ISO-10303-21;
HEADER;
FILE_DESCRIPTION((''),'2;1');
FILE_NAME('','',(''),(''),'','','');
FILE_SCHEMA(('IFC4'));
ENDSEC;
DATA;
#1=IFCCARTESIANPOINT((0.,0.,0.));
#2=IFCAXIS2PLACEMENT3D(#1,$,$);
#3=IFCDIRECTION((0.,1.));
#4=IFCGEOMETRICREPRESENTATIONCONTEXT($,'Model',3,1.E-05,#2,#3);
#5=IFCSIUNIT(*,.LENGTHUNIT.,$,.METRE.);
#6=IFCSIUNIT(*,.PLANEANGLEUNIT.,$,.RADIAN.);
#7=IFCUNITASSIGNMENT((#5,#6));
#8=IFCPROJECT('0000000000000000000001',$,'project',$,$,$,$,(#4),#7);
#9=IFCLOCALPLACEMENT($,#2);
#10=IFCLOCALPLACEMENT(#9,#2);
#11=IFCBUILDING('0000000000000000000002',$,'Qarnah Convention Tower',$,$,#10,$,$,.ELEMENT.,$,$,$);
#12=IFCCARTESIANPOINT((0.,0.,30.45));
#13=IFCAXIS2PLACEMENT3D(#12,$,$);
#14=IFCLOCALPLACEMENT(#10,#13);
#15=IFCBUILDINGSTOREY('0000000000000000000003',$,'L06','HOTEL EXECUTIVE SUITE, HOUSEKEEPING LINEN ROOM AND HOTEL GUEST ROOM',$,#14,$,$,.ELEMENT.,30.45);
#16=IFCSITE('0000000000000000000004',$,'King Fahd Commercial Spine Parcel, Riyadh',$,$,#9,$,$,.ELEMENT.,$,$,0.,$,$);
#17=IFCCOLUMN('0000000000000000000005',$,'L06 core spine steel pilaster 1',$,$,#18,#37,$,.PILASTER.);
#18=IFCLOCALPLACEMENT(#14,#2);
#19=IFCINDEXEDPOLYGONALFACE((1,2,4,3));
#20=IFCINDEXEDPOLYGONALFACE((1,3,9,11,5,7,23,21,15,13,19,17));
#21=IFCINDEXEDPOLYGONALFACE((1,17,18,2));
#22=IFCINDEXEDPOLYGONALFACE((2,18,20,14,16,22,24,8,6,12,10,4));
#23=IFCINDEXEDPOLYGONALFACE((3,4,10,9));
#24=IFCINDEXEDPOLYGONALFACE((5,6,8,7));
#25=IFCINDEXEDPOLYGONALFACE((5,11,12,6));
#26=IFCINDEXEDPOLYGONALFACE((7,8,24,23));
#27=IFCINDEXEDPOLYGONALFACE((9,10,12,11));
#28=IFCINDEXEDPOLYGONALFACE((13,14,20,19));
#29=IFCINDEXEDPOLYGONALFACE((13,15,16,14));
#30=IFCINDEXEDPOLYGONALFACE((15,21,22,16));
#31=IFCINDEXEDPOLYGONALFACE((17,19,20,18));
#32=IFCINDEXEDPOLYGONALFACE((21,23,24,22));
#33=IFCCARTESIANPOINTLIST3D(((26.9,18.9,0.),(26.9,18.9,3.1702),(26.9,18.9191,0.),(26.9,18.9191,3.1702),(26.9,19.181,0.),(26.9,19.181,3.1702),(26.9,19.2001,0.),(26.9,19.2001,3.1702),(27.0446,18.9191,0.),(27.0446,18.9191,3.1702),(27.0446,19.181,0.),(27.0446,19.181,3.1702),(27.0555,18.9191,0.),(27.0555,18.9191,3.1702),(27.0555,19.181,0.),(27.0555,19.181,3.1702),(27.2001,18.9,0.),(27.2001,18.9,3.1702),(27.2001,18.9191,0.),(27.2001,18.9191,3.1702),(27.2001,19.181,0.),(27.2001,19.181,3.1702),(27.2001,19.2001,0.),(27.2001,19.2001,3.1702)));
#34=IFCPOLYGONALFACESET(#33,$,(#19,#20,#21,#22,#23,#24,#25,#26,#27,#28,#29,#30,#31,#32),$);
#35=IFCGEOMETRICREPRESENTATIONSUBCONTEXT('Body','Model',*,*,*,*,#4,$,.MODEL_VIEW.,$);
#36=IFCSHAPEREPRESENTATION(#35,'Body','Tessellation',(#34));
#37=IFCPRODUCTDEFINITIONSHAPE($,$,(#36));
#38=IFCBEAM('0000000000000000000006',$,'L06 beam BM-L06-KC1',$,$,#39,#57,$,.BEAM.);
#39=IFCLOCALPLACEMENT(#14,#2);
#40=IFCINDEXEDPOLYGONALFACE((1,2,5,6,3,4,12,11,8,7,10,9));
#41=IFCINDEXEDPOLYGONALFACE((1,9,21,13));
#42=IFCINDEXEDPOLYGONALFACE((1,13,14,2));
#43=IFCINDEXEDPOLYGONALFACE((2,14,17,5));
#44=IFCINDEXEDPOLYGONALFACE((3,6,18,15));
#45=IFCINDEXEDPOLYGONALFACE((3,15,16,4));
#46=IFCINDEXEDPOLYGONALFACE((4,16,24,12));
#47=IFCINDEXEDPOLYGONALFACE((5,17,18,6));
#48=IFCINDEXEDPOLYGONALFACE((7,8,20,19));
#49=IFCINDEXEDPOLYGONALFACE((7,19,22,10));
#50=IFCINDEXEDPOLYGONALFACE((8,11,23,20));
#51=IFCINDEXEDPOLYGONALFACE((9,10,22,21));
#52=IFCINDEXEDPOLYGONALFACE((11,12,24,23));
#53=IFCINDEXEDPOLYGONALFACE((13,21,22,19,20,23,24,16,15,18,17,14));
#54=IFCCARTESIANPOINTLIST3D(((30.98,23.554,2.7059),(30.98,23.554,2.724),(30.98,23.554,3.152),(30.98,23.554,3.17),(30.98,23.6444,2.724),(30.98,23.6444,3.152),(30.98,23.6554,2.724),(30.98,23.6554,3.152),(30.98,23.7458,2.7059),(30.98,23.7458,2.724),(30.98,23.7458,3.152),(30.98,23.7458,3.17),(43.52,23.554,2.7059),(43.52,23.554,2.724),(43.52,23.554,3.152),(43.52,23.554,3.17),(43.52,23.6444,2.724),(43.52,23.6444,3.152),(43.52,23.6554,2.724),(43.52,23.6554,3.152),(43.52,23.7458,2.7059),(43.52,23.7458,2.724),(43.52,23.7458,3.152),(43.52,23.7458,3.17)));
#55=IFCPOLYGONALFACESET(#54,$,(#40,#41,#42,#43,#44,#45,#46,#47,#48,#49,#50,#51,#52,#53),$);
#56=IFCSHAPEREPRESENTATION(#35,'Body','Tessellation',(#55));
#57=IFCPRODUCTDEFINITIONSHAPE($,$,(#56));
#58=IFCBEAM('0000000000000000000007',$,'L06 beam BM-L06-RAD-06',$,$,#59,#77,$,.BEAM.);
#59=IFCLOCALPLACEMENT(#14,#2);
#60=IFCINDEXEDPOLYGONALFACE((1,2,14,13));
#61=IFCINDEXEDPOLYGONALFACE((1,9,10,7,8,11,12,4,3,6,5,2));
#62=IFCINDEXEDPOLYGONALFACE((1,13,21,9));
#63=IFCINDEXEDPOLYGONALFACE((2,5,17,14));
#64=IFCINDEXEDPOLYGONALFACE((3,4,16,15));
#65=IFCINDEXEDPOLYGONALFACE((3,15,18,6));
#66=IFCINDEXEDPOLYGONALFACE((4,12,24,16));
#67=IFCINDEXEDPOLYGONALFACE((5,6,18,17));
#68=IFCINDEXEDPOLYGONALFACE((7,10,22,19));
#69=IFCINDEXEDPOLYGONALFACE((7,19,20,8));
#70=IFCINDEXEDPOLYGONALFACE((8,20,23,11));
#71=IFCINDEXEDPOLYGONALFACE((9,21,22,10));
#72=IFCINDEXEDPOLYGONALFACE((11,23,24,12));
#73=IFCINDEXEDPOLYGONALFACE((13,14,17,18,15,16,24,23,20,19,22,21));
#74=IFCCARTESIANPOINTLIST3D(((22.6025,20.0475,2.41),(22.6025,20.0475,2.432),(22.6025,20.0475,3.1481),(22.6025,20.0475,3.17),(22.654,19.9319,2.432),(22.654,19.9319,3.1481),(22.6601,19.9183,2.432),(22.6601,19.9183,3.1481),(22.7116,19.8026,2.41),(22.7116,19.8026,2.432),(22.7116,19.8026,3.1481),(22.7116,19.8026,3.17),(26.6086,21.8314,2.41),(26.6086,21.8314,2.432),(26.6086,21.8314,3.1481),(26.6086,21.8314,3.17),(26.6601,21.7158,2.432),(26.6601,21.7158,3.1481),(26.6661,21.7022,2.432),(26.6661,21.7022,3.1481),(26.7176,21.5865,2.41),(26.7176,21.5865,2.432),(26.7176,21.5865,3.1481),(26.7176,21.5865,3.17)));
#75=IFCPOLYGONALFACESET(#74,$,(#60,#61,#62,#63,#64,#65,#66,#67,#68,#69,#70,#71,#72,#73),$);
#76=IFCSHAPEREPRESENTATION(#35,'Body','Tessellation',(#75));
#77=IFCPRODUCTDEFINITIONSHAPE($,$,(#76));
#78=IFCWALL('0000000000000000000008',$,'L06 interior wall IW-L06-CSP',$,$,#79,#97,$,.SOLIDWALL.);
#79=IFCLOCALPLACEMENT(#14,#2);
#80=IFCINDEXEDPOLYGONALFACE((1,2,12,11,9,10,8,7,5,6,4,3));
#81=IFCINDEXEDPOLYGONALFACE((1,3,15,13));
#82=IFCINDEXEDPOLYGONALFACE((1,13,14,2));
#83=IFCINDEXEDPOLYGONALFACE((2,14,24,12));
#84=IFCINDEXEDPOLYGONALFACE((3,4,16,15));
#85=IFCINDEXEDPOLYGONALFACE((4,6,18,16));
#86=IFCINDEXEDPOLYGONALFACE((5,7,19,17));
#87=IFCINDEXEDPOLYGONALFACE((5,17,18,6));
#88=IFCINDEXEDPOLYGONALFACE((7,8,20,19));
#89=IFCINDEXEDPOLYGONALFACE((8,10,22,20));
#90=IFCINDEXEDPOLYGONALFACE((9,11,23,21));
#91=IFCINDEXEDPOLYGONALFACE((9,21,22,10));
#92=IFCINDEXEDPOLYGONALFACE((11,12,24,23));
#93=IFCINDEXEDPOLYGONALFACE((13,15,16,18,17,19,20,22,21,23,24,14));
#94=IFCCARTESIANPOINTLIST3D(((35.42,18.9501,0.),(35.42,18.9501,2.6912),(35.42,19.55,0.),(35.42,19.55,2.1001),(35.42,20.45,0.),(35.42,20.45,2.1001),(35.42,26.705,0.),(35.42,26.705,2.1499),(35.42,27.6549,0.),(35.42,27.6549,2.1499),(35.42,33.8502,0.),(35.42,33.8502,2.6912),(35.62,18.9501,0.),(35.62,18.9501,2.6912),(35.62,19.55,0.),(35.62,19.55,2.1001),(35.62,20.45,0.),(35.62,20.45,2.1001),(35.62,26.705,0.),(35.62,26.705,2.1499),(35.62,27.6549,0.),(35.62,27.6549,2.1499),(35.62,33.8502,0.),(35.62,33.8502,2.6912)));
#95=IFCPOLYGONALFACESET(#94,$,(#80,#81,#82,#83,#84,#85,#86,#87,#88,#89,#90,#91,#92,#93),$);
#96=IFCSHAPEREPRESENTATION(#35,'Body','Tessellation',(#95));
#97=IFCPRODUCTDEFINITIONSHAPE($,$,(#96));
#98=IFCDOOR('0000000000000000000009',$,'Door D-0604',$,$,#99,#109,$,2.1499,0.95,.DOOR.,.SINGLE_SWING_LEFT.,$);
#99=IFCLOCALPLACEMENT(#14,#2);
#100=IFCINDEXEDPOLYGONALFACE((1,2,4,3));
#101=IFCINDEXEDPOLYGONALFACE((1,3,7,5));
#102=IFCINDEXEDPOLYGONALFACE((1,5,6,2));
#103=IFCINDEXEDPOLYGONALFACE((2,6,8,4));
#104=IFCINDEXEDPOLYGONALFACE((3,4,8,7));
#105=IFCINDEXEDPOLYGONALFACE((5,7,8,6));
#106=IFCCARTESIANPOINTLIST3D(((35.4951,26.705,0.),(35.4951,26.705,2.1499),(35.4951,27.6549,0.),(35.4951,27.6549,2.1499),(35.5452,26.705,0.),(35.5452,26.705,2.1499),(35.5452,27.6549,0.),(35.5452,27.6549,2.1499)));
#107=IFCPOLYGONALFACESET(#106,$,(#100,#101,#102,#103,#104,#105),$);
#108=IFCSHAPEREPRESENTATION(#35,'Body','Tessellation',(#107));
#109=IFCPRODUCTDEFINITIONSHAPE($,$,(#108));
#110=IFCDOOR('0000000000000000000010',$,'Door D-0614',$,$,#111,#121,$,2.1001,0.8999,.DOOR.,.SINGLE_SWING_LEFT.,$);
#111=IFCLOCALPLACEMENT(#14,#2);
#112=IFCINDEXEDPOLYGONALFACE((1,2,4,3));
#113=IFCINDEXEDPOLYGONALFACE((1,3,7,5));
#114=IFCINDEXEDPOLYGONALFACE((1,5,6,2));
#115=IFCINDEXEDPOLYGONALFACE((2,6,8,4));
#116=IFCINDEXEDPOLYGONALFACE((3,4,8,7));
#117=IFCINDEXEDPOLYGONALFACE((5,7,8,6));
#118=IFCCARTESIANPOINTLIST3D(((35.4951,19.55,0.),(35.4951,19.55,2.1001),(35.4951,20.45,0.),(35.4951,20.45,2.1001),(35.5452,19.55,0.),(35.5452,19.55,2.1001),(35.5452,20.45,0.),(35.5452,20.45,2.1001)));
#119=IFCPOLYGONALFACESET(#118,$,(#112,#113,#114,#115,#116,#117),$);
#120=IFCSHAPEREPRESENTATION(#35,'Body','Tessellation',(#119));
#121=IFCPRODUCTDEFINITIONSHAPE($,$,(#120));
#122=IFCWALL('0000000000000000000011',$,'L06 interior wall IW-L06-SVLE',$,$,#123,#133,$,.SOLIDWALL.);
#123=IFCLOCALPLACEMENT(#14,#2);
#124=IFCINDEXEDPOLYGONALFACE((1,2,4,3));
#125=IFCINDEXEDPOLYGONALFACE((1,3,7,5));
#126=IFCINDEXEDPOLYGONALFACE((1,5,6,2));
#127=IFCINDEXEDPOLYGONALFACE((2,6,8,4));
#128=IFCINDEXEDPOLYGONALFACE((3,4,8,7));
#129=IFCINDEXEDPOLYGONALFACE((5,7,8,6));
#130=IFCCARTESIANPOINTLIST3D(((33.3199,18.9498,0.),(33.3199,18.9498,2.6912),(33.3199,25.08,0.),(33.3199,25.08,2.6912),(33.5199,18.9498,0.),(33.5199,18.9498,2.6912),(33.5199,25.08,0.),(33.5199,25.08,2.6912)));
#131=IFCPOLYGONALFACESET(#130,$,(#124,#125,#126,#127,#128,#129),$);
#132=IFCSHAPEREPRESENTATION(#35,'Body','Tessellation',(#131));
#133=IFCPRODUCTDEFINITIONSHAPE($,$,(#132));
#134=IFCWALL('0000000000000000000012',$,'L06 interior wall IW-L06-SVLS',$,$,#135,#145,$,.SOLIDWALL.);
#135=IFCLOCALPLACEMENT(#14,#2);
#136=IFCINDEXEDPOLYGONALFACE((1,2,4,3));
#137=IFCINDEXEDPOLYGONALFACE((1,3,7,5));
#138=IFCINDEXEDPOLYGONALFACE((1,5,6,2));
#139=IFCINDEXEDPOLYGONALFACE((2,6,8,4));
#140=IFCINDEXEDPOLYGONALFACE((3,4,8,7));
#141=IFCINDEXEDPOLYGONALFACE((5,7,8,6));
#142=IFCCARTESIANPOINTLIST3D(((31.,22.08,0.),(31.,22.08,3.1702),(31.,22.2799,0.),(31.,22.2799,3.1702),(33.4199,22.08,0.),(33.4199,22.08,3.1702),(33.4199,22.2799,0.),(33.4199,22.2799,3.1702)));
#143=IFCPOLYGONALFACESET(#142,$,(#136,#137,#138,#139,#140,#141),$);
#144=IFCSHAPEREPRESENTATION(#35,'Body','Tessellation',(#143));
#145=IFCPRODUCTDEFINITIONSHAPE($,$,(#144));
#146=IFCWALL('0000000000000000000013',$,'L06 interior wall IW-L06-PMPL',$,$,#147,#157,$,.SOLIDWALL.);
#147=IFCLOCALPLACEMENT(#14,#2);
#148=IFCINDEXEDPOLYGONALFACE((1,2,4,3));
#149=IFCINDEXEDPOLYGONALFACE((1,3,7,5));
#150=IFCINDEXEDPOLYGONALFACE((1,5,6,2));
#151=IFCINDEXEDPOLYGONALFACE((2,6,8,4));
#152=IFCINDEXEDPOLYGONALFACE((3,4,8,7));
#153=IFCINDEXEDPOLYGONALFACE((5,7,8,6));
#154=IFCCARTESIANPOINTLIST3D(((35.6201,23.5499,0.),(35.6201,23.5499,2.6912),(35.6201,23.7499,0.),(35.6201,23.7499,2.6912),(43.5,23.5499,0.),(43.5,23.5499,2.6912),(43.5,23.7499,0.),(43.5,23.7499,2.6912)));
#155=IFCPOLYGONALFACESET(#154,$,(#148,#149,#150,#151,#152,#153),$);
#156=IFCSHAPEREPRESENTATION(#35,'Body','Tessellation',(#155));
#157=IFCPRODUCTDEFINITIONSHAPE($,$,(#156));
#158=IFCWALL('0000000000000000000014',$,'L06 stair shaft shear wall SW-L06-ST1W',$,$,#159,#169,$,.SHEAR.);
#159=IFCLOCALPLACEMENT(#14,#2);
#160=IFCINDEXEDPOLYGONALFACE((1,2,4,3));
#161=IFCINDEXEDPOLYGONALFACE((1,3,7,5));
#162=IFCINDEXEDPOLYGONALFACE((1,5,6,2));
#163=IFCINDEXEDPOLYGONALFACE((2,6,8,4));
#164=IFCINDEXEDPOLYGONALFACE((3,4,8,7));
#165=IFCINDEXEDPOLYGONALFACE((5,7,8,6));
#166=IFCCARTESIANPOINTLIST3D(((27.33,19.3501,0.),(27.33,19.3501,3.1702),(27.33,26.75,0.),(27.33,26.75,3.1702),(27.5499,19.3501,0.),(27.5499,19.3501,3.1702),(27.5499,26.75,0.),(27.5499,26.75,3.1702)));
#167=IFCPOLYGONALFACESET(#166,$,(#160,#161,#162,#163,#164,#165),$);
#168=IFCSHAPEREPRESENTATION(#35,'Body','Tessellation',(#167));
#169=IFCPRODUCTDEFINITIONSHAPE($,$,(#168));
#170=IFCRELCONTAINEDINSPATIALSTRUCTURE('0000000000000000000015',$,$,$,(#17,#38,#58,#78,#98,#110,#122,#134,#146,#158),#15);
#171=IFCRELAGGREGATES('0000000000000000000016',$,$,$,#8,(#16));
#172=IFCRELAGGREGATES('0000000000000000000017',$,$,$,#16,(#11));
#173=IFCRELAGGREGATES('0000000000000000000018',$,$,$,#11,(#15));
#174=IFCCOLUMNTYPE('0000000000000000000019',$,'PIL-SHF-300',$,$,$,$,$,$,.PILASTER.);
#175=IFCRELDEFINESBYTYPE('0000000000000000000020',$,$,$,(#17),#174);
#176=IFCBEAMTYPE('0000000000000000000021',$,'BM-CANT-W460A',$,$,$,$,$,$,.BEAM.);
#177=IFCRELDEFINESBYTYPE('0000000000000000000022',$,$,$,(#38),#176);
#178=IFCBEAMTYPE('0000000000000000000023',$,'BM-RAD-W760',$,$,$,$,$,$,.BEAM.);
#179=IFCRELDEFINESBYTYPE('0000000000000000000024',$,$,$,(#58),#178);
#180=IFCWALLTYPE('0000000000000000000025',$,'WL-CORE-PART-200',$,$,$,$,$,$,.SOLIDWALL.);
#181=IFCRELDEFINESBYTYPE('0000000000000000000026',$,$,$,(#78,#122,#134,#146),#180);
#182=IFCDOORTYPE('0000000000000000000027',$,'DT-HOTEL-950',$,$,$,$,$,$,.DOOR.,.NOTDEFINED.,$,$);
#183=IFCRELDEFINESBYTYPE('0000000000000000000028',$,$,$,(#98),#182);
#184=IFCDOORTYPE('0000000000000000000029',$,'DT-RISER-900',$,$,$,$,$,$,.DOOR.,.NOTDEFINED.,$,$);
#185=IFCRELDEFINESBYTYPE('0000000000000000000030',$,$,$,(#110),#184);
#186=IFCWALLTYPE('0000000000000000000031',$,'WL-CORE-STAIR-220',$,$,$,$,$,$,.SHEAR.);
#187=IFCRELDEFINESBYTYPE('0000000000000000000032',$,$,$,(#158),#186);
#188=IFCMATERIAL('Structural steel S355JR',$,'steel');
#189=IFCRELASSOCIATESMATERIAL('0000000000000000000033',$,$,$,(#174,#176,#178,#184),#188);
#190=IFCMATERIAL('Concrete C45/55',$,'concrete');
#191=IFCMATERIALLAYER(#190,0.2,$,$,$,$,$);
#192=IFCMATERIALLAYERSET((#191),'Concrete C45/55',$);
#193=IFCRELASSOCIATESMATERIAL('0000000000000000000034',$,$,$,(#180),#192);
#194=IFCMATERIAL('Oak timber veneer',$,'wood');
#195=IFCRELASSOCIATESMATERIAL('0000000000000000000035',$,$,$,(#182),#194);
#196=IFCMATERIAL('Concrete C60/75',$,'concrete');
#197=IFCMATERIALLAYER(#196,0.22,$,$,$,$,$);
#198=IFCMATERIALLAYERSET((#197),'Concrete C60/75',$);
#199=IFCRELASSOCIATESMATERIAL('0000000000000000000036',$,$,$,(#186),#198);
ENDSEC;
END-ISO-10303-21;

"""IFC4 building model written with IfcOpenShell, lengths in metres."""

from ifc_helpers import new_model, si_unit, direction, frame, frame_2d, origin, origin_2d, place, context, subcontext, project, spatial, rectangle, i_section, extrude, material, layer, layer_set, material_profile, profile_set, type_object, element, fill, save


model = new_model("IFC4")

# Units and contexts
model_context = context("Model", 3, precision=1e-05, world=origin(), true_north=direction((0.0, 1.0)))
body_context = subcontext(model_context, "Body", "Model", "MODEL_VIEW")
ifc_project = project(units=[si_unit("LENGTHUNIT", "METRE"), si_unit("PLANEANGLEUNIT", "RADIAN")], contexts=[model_context])

# Site, building, storey
site_placement = place(None, origin())
site = spatial("IfcSite", under=ifc_project, at=site_placement, Name="King Fahd Commercial Spine Parcel, Riyadh", CompositionType="ELEMENT", RefElevation=0.0)
building_placement = place(site_placement, origin())
building = spatial("IfcBuilding", under=site, at=building_placement, Name="Qarnah Convention Tower", CompositionType="ELEMENT")
storey_placement = place(building_placement, frame((0.0, 0.0, 30.45)))
storey = spatial("IfcBuildingStorey", under=building, at=storey_placement, Name="L06", Description="HOTEL EXECUTIVE SUITE, HOUSEKEEPING LINEN ROOM AND HOTEL GUEST ROOM", CompositionType="ELEMENT", Elevation=30.45)

# Column
ifc_material_1 = material(Name="Structural steel S355JR", Category="steel")
ifc_material_profile_1 = material_profile(ifc_material_1, i_section(OverallWidth=0.3, OverallDepth=0.3, WebThickness=0.011, FlangeThickness=0.019, at=origin_2d()), Name="HEB300")
ifc_profile_set_1 = profile_set([ifc_material_profile_1], Name="Structural steel S355JR")
column_type = type_object("IfcColumnType", Name="PIL-SHF-300", PredefinedType="PILASTER", material=ifc_profile_set_1)
column_placement = place(storey_placement, frame((27.05, 19.05, 0.0), z_axis=(0.0, 0.0, 1.0), x_axis=(1.0, 0.0, 0.0)))
element("IfcColumn", 1, at=column_placement, inside=storey, type_object=column_type, Name="L06 core spine steel pilaster 1", PredefinedType="PILASTER", context=body_context, shape_type="SweptSolid", body=[
    extrude(i_section(OverallWidth=0.3, OverallDepth=0.3, WebThickness=0.011, FlangeThickness=0.019, at=origin_2d()), origin(), (0.0, 0.0, 1.0), 3.1702),
])

# Beams
ifc_material_profile_2 = material_profile(ifc_material_1, i_section(OverallWidth=0.1919, OverallDepth=0.4641, WebThickness=0.011, FlangeThickness=0.0181, at=origin_2d()), Name="W460X89")
ifc_profile_set_2 = profile_set([ifc_material_profile_2], Name="Structural steel S355JR")
beam_type_1 = type_object("IfcBeamType", Name="BM-CANT-W460A", PredefinedType="BEAM", material=ifc_profile_set_2)
beam_1_placement = place(storey_placement, frame((30.98, 23.6499, 2.938), z_axis=(1.0, 0.0, 0.0), x_axis=(0.0, 1.0, 0.0)))
element("IfcBeam", 2, at=beam_1_placement, inside=storey, type_object=beam_type_1, Name="L06 beam BM-L06-KC1", PredefinedType="BEAM", context=body_context, shape_type="SweptSolid", body=[
    extrude(i_section(OverallWidth=0.1919, OverallDepth=0.4641, WebThickness=0.011, FlangeThickness=0.0181, at=origin_2d()), origin(), (0.0, 0.0, 1.0), 12.54),
])
ifc_material_profile_3 = material_profile(ifc_material_1, i_section(OverallWidth=0.2681, OverallDepth=0.76, WebThickness=0.0149, FlangeThickness=0.022, at=origin_2d()), Name="W760X185")
ifc_profile_set_3 = profile_set([ifc_material_profile_3], Name="Structural steel S355JR")
beam_type_2 = type_object("IfcBeamType", Name="BM-RAD-W760", PredefinedType="BEAM", material=ifc_profile_set_3)
beam_2_placement = place(storey_placement, frame((26.6631, 21.709, 2.79), z_axis=(-0.91352, -0.406794, 0.0), x_axis=(0.406794, -0.91352, 0.0)))
element("IfcBeam", 3, at=beam_2_placement, inside=storey, type_object=beam_type_2, Name="L06 beam BM-L06-RAD-06", PredefinedType="BEAM", context=body_context, shape_type="SweptSolid", body=[
    extrude(i_section(OverallWidth=0.2681, OverallDepth=0.76, WebThickness=0.0149, FlangeThickness=0.022, at=origin_2d()), origin(), (0.0, 0.0, 1.0), 4.3853),
])

# Wall, openings, doors
ifc_material_2 = material(Name="Concrete C45/55", Category="concrete")
ifc_layer_1 = layer(ifc_material_2, 0.2)
ifc_layer_set_1 = layer_set([ifc_layer_1], Name="Concrete C45/55")
wall_type_1 = type_object("IfcWallType", Name="WL-CORE-PART-200", PredefinedType="SOLIDWALL", material=ifc_layer_set_1)
wall_1_placement = place(storey_placement, frame((35.52, 18.95, 0.0), z_axis=(0.0, 0.0, 1.0), x_axis=(0.0, 1.0, 0.0)))
wall_1 = element("IfcWall", 4, at=wall_1_placement, inside=storey, type_object=wall_type_1, Name="L06 interior wall IW-L06-CSP", PredefinedType="SOLIDWALL", context=body_context, shape_type="SweptSolid", body=[
    extrude(rectangle(XDim=14.9001, YDim=0.2, at=frame_2d((7.4502, 0.0))), origin(), (0.0, 0.0, 1.0), 2.6912),
])
opening_1_placement = place(wall_1_placement, frame((7.7549, 0.0, 0.0)))
opening_1 = element("IfcOpeningElement", 5, at=opening_1_placement, cuts=wall_1, PredefinedType="OPENING", context=body_context, shape_type="SweptSolid", body=[
    extrude(rectangle(XDim=0.95, YDim=2.1499, at=frame_2d((0.4751, 1.075))), frame((0.0, 0.1099, 0.0), z_axis=(0.0, -1.0, 0.0), x_axis=(1.0, 0.0, 0.0)), (0.0, 0.0, 1.0), 0.22),
])
opening_2_placement = place(wall_1_placement, frame((0.6001, 0.0, 0.0)))
opening_2 = element("IfcOpeningElement", 6, at=opening_2_placement, cuts=wall_1, PredefinedType="OPENING", context=body_context, shape_type="SweptSolid", body=[
    extrude(rectangle(XDim=0.8999, YDim=2.1001, at=frame_2d((0.45, 1.05))), frame((0.0, 0.1099, 0.0), z_axis=(0.0, -1.0, 0.0), x_axis=(1.0, 0.0, 0.0)), (0.0, 0.0, 1.0), 0.22),
])
ifc_material_3 = material(Name="Oak timber veneer", Category="wood")
door_type_1 = type_object("IfcDoorType", Name="DT-HOTEL-950", OperationType="NOTDEFINED", PredefinedType="DOOR", material=ifc_material_3)
door_1_placement = place(opening_1_placement, origin())
door_1 = element("IfcDoor", 7, at=door_1_placement, inside=storey, type_object=door_type_1, Name="Door D-0604", OperationType="SINGLE_SWING_LEFT", OverallHeight=2.1499, OverallWidth=0.95, PredefinedType="DOOR", context=body_context, shape_type="SweptSolid", body=[
    extrude(rectangle(XDim=0.95, YDim=2.1499, at=frame_2d((0.4751, 1.075))), frame((0.0, 0.0249, 0.0), z_axis=(0.0, -1.0, 0.0), x_axis=(1.0, 0.0, 0.0)), (0.0, 0.0, 1.0), 0.05),
])
fill(opening_1, door_1)
door_type_2 = type_object("IfcDoorType", Name="DT-RISER-900", OperationType="NOTDEFINED", PredefinedType="DOOR", material=ifc_material_1)
door_2_placement = place(opening_2_placement, origin())
door_2 = element("IfcDoor", 8, at=door_2_placement, inside=storey, type_object=door_type_2, Name="Door D-0614", OperationType="SINGLE_SWING_LEFT", OverallHeight=2.1001, OverallWidth=0.8999, PredefinedType="DOOR", context=body_context, shape_type="SweptSolid", body=[
    extrude(rectangle(XDim=0.8999, YDim=2.1001, at=frame_2d((0.45, 1.05))), frame((0.0, 0.0249, 0.0), z_axis=(0.0, -1.0, 0.0), x_axis=(1.0, 0.0, 0.0)), (0.0, 0.0, 1.0), 0.05),
])
fill(opening_2, door_2)

# Walls
wall_2_placement = place(storey_placement, frame((33.4199, 18.95, 0.0), z_axis=(0.0, 0.0, 1.0), x_axis=(0.0, 1.0, 0.0)))
element("IfcWall", 9, at=wall_2_placement, inside=storey, type_object=wall_type_1, Name="L06 interior wall IW-L06-SVLE", PredefinedType="SOLIDWALL", context=body_context, shape_type="SweptSolid", body=[
    extrude(rectangle(XDim=6.1301, YDim=0.2, at=frame_2d((3.0649, 0.0))), origin(), (0.0, 0.0, 1.0), 2.6912),
])
wall_3_placement = place(storey_placement, frame((31.0, 22.1799, 0.0), z_axis=(0.0, 0.0, 1.0), x_axis=(1.0, 0.0, 0.0)))
element("IfcWall", 10, at=wall_3_placement, inside=storey, type_object=wall_type_1, Name="L06 interior wall IW-L06-SVLS", PredefinedType="SOLIDWALL", context=body_context, shape_type="SweptSolid", body=[
    extrude(rectangle(XDim=2.4199, YDim=0.2, at=frame_2d((1.21, 0.0))), origin(), (0.0, 0.0, 1.0), 3.1702),
])
wall_4_placement = place(storey_placement, frame((35.6201, 23.6499, 0.0), z_axis=(0.0, 0.0, 1.0), x_axis=(1.0, 0.0, 0.0)))
element("IfcWall", 11, at=wall_4_placement, inside=storey, type_object=wall_type_1, Name="L06 interior wall IW-L06-PMPL", PredefinedType="SOLIDWALL", context=body_context, shape_type="SweptSolid", body=[
    extrude(rectangle(XDim=7.8799, YDim=0.2, at=frame_2d((3.9399, 0.0))), origin(), (0.0, 0.0, 1.0), 2.6912),
])

# Wall
ifc_material_4 = material(Name="Concrete C60/75", Category="concrete")
ifc_layer_2 = layer(ifc_material_4, 0.22)
ifc_layer_set_2 = layer_set([ifc_layer_2], Name="Concrete C60/75")
wall_type_2 = type_object("IfcWallType", Name="WL-CORE-STAIR-220", PredefinedType="SHEAR", material=ifc_layer_set_2)
wall_5_placement = place(storey_placement, frame((27.4399, 19.3501, 0.0), z_axis=(0.0, 0.0, 1.0), x_axis=(0.0, 1.0, 0.0)))
element("IfcWall", 12, at=wall_5_placement, inside=storey, type_object=wall_type_2, Name="L06 stair shaft shear wall SW-L06-ST1W", PredefinedType="SHEAR", context=body_context, shape_type="SweptSolid", body=[
    extrude(rectangle(XDim=7.3999, YDim=0.22, at=frame_2d((3.7, 0.0))), origin(), (0.0, 0.0, 1.0), 3.1702),
])

save(model, "model.ifc")
